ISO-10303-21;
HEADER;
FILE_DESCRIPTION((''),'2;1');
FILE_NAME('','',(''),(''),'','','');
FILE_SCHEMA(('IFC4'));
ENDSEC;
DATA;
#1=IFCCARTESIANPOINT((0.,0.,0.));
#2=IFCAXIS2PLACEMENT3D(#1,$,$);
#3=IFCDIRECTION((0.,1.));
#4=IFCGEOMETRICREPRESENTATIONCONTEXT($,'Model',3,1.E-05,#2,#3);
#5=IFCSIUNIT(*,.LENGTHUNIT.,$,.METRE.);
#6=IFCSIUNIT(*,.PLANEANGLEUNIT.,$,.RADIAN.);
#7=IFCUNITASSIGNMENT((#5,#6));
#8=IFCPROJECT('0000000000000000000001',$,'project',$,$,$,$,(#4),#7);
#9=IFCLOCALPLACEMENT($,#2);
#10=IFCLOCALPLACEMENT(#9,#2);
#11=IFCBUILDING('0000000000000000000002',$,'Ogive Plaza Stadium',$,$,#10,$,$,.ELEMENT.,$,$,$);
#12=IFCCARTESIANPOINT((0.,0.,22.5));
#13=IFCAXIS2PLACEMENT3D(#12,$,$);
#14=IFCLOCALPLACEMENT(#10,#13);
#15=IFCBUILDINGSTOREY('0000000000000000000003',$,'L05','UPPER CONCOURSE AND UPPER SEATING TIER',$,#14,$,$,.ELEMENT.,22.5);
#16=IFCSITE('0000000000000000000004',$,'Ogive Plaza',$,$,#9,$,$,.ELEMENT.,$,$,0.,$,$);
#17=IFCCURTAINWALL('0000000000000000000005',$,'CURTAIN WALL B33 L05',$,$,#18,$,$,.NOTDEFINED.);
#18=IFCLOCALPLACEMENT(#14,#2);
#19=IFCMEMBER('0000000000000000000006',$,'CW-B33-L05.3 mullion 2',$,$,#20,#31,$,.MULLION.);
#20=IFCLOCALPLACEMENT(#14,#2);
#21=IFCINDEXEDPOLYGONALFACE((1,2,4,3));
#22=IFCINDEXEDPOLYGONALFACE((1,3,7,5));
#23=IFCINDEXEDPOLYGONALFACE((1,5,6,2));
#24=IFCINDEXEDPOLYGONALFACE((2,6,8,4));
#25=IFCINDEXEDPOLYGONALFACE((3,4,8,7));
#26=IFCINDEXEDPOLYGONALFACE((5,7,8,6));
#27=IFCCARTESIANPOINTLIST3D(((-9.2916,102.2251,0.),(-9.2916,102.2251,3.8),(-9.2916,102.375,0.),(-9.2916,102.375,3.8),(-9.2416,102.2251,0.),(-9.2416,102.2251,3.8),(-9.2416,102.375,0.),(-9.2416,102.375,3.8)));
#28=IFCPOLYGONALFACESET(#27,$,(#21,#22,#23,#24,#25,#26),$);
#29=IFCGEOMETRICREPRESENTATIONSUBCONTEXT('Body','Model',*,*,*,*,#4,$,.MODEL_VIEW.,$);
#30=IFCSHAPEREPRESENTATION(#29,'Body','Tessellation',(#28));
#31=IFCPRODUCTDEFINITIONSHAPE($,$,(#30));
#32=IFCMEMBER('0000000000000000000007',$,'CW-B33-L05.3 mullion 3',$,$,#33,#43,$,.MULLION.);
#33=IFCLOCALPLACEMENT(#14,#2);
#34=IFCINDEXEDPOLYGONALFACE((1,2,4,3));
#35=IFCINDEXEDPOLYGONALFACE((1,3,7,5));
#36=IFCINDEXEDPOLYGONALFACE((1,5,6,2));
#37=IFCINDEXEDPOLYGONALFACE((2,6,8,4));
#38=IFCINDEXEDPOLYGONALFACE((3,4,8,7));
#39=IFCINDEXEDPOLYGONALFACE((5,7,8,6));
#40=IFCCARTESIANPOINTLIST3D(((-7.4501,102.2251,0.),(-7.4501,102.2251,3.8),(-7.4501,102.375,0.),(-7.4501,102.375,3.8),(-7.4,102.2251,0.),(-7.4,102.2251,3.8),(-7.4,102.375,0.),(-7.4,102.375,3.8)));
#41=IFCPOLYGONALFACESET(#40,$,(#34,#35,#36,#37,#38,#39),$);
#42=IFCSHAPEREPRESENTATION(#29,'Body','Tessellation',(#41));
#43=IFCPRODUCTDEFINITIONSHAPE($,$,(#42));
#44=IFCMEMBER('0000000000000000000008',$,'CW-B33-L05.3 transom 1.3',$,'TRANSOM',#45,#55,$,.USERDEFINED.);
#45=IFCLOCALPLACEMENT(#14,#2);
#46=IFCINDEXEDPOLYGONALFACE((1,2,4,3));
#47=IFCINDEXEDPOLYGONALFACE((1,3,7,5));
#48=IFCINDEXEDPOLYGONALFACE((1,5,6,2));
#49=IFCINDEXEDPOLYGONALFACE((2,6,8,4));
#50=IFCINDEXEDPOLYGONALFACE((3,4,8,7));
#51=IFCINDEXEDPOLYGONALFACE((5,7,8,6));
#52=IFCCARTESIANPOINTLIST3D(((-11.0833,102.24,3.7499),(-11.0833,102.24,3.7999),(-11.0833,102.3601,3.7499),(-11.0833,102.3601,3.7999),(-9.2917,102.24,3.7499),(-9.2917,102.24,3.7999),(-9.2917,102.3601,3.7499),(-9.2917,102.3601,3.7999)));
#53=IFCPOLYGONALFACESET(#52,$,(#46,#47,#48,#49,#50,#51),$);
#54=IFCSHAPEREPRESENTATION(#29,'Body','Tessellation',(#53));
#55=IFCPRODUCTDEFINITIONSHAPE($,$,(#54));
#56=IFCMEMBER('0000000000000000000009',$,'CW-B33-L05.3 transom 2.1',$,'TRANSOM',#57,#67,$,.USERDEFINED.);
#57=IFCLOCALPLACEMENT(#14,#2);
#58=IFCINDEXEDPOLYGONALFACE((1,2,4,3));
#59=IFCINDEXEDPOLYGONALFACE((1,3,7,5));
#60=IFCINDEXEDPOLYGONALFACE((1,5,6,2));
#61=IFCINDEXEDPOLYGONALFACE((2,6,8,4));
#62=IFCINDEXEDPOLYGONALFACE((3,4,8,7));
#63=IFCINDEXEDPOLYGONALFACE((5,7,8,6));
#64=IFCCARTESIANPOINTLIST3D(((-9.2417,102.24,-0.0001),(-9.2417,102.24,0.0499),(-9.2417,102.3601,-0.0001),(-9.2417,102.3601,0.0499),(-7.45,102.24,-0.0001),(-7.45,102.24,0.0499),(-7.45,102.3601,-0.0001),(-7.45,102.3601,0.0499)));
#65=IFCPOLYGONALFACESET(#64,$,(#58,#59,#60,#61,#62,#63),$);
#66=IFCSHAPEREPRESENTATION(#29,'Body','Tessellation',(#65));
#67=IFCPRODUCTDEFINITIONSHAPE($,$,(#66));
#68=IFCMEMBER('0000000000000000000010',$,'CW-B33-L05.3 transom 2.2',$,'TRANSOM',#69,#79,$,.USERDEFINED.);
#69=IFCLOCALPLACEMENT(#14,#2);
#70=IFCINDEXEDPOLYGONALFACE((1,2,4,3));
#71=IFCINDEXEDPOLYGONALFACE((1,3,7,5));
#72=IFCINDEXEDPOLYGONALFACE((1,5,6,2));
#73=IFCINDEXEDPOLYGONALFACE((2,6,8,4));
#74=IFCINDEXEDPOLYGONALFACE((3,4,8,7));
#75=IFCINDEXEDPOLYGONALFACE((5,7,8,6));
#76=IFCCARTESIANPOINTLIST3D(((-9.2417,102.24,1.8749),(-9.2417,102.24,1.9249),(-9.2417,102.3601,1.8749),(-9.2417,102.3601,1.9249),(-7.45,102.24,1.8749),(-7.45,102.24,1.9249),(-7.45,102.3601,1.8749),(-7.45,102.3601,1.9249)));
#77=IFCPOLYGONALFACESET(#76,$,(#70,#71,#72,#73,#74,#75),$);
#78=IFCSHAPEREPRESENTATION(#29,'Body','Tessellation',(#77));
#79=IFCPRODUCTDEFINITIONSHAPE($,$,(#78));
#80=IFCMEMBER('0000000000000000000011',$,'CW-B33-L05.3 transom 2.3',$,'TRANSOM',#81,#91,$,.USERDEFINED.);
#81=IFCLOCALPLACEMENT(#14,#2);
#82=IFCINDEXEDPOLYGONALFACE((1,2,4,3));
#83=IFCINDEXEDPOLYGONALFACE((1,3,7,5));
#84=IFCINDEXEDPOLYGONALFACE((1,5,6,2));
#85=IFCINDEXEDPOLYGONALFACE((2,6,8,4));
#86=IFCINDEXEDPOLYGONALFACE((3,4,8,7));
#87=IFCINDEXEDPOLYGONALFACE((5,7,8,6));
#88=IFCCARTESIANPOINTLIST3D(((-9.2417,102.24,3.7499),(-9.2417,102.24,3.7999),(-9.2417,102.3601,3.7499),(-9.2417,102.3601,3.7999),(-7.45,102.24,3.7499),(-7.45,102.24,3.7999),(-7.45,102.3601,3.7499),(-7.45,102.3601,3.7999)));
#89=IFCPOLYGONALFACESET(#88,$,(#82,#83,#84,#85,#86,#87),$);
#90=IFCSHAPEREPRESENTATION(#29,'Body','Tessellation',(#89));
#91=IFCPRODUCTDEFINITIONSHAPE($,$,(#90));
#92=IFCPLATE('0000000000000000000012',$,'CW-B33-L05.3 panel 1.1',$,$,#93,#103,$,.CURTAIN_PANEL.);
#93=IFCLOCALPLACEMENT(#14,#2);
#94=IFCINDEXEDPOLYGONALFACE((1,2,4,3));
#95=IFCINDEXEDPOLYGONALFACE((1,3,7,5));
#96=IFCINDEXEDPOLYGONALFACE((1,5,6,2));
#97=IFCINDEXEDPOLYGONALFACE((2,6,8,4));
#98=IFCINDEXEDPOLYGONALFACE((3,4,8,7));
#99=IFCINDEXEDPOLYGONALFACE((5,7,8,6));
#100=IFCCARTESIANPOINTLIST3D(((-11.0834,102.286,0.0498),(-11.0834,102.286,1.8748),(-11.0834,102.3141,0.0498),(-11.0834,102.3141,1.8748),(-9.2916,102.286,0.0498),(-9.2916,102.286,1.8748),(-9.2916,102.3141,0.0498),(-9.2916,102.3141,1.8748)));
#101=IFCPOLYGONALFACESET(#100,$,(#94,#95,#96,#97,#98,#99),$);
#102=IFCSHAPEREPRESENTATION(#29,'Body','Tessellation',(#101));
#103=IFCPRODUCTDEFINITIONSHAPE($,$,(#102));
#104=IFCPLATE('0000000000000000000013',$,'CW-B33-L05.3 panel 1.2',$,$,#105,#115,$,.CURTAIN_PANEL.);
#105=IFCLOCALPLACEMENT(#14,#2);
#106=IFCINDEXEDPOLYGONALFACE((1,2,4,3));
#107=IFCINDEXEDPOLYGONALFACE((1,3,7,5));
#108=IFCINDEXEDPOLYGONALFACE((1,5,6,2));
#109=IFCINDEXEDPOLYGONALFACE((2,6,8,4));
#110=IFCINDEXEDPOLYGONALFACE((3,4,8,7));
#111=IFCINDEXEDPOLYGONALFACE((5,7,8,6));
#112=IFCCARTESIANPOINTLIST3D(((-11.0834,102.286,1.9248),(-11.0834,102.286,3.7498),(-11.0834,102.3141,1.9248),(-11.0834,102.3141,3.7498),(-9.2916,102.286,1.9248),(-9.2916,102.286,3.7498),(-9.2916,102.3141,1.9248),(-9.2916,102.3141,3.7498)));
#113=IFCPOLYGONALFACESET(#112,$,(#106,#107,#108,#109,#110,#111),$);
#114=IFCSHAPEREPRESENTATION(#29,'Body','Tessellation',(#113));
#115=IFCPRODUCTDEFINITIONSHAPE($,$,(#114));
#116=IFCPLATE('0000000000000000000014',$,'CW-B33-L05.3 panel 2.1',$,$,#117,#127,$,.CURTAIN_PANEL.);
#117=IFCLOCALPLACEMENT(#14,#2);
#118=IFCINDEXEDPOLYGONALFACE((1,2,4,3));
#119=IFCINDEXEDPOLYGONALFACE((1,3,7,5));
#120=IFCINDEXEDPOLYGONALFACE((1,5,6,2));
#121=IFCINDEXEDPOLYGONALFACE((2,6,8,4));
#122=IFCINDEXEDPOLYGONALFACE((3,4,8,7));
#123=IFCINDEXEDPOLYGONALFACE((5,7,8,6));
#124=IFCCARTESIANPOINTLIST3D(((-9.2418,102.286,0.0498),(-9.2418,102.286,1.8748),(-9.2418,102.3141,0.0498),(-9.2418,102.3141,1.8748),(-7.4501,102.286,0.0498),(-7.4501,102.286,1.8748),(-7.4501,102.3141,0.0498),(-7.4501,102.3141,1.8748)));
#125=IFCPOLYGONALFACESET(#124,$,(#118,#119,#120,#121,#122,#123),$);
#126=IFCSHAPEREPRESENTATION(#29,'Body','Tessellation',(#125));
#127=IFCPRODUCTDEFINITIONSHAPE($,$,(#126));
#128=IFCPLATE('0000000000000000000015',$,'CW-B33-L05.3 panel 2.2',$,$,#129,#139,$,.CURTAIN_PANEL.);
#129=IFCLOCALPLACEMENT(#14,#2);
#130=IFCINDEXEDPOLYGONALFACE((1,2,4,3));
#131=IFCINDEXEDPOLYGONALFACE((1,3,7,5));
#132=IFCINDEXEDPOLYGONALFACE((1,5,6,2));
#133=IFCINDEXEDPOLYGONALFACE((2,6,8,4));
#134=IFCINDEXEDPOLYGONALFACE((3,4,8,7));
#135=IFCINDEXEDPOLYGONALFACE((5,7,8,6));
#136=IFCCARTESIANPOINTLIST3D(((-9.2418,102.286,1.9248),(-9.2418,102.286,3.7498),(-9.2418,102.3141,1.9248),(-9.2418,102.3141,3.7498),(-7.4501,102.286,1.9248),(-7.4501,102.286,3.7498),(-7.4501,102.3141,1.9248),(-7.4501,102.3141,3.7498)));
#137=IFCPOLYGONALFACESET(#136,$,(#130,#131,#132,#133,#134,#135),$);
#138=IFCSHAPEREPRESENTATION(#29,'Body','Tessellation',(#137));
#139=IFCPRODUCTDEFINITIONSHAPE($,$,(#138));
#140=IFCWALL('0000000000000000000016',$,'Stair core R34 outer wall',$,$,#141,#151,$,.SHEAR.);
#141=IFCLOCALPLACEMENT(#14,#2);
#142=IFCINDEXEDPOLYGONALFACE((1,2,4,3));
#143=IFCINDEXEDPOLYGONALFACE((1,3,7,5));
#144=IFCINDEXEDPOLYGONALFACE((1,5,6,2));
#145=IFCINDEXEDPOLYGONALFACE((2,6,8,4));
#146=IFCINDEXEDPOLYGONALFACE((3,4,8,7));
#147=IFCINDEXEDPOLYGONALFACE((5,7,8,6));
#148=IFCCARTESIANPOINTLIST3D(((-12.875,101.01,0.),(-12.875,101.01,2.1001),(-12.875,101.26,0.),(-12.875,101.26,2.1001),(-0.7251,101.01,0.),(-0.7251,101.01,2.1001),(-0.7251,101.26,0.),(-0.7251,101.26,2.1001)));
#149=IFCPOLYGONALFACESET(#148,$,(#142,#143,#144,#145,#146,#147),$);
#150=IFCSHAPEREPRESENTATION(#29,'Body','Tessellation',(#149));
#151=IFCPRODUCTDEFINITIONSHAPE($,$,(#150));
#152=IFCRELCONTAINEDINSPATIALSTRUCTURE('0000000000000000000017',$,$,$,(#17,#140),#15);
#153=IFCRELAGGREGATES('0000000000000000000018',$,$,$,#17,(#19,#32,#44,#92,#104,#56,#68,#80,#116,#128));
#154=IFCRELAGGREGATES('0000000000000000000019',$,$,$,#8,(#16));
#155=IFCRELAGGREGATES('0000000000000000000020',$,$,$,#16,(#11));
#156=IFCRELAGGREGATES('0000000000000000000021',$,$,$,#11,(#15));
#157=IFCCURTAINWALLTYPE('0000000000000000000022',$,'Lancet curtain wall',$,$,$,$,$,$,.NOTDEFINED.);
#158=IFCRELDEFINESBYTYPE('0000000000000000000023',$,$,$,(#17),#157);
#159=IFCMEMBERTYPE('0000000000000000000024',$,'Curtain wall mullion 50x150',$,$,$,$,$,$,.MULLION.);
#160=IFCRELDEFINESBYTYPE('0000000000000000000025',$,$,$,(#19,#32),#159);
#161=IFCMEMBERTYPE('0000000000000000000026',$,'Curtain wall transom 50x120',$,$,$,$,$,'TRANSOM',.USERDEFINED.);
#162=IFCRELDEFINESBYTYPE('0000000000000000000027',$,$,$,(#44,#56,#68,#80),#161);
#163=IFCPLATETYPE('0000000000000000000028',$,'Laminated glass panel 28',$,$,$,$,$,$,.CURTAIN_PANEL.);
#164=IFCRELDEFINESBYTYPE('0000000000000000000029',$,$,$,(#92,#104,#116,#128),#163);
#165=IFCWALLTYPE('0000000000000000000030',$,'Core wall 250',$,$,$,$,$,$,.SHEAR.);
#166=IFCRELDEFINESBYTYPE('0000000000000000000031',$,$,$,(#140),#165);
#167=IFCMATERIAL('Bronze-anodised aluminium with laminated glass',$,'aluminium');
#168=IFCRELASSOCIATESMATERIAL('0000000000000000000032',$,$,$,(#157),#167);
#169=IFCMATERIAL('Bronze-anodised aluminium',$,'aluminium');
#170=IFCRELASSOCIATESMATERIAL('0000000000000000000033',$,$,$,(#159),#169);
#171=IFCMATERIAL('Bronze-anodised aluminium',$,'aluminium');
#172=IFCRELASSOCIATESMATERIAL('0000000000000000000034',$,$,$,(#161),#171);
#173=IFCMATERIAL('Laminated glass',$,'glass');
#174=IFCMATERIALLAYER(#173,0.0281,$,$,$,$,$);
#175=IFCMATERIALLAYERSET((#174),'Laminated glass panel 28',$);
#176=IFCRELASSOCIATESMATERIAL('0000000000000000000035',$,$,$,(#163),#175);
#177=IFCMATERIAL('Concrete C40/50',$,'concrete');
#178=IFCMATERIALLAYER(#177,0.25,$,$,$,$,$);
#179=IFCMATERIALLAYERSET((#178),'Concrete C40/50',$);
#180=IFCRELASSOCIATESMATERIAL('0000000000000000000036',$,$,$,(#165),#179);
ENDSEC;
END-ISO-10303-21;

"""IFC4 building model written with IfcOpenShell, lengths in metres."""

from ifc_helpers import new_model, si_unit, direction, frame, frame_2d, origin, origin_2d, place, context, subcontext, project, spatial, rectangle, extrude, material, layer, layer_set, material_profile, profile_set, type_object, element, aggregate, save


model = new_model("IFC4")

# Units and contexts
model_context = context("Model", 3, precision=1e-05, world=origin(), true_north=direction((0.0, 1.0)))
body_context = subcontext(model_context, "Body", "Model", "MODEL_VIEW")
ifc_project = project(units=[si_unit("LENGTHUNIT", "METRE"), si_unit("PLANEANGLEUNIT", "RADIAN")], contexts=[model_context])

# Site, building, storey
site_placement = place(None, origin())
site = spatial("IfcSite", under=ifc_project, at=site_placement, Name="Ogive Plaza", CompositionType="ELEMENT", RefElevation=0.0)
building_placement = place(site_placement, origin())
building = spatial("IfcBuilding", under=site, at=building_placement, Name="Ogive Plaza Stadium", CompositionType="ELEMENT")
storey_placement = place(building_placement, frame((0.0, 0.0, 22.5)))
storey = spatial("IfcBuildingStorey", under=building, at=storey_placement, Name="L05", Description="UPPER CONCOURSE AND UPPER SEATING TIER", CompositionType="ELEMENT", Elevation=22.5)

# Curtain wall, members, plates
ifc_material_1 = material(Name="Bronze-anodised aluminium with laminated glass", Category="aluminium")
curtain_wall_type = type_object("IfcCurtainWallType", Name="Lancet curtain wall", PredefinedType="NOTDEFINED", material=ifc_material_1)
curtain_wall_placement = place(storey_placement, origin())
curtain_wall = element("IfcCurtainWall", 1, at=curtain_wall_placement, inside=storey, type_object=curtain_wall_type, Name="CURTAIN WALL B33 L05", PredefinedType="NOTDEFINED")
ifc_material_2 = material(Name="Bronze-anodised aluminium", Category="aluminium")
ifc_material_profile_1 = material_profile(ifc_material_2, rectangle(XDim=0.1499, YDim=0.05, at=origin_2d()), Name="AL 150x50")
ifc_profile_set_1 = profile_set([ifc_material_profile_1], Name="Bronze-anodised aluminium")
member_type_1 = type_object("IfcMemberType", Name="Curtain wall mullion 50x150", PredefinedType="MULLION", material=ifc_profile_set_1)
member_1_placement = place(storey_placement, frame((-9.2666, 102.3, 0.0), z_axis=(0.0, 0.0, 1.0), x_axis=(0.0, 1.0, 0.0)))
member_1 = element("IfcMember", 2, at=member_1_placement, type_object=member_type_1, Name="CW-B33-L05.3 mullion 2", PredefinedType="MULLION", context=body_context, shape_type="SweptSolid", body=[
    extrude(rectangle(XDim=0.1499, YDim=0.05, at=origin_2d()), origin(), (0.0, 0.0, 1.0), 3.8),
])
member_2_placement = place(storey_placement, frame((-7.425, 102.3, 0.0), z_axis=(0.0, 0.0, 1.0), x_axis=(0.0, 1.0, 0.0)))
member_2 = element("IfcMember", 3, at=member_2_placement, type_object=member_type_1, Name="CW-B33-L05.3 mullion 3", PredefinedType="MULLION", context=body_context, shape_type="SweptSolid", body=[
    extrude(rectangle(XDim=0.1499, YDim=0.05, at=origin_2d()), origin(), (0.0, 0.0, 1.0), 3.8),
])
ifc_material_3 = material(Name="Bronze-anodised aluminium", Category="aluminium")
ifc_material_profile_2 = material_profile(ifc_material_3, rectangle(XDim=0.1201, YDim=0.05, at=origin_2d()), Name="AL 120x50")
ifc_profile_set_2 = profile_set([ifc_material_profile_2], Name="Bronze-anodised aluminium")
member_type_2 = type_object("IfcMemberType", Name="Curtain wall transom 50x120", ElementType="TRANSOM", PredefinedType="USERDEFINED", material=ifc_profile_set_2)
member_3_placement = place(storey_placement, frame((-11.0833, 102.3, 3.7749), z_axis=(1.0, 0.0, 0.0), x_axis=(0.0, 1.0, 0.0)))
member_3 = element("IfcMember", 4, at=member_3_placement, type_object=member_type_2, Name="CW-B33-L05.3 transom 1.3", ObjectType="TRANSOM", PredefinedType="USERDEFINED", context=body_context, shape_type="SweptSolid", body=[
    extrude(rectangle(XDim=0.1201, YDim=0.05, at=origin_2d()), origin(), (0.0, 0.0, 1.0), 1.7915),
])
member_4_placement = place(storey_placement, frame((-9.2417, 102.3, 0.0249), z_axis=(1.0, 0.0, 0.0), x_axis=(0.0, 1.0, 0.0)))
member_4 = element("IfcMember", 5, at=member_4_placement, type_object=member_type_2, Name="CW-B33-L05.3 transom 2.1", ObjectType="TRANSOM", PredefinedType="USERDEFINED", context=body_context, shape_type="SweptSolid", body=[
    extrude(rectangle(XDim=0.1201, YDim=0.05, at=origin_2d()), origin(), (0.0, 0.0, 1.0), 1.7917),
])
member_5_placement = place(storey_placement, frame((-9.2417, 102.3, 1.8999), z_axis=(1.0, 0.0, 0.0), x_axis=(0.0, 1.0, 0.0)))
member_5 = element("IfcMember", 6, at=member_5_placement, type_object=member_type_2, Name="CW-B33-L05.3 transom 2.2", ObjectType="TRANSOM", PredefinedType="USERDEFINED", context=body_context, shape_type="SweptSolid", body=[
    extrude(rectangle(XDim=0.1201, YDim=0.05, at=origin_2d()), origin(), (0.0, 0.0, 1.0), 1.7917),
])
member_6_placement = place(storey_placement, frame((-9.2417, 102.3, 3.7749), z_axis=(1.0, 0.0, 0.0), x_axis=(0.0, 1.0, 0.0)))
member_6 = element("IfcMember", 7, at=member_6_placement, type_object=member_type_2, Name="CW-B33-L05.3 transom 2.3", ObjectType="TRANSOM", PredefinedType="USERDEFINED", context=body_context, shape_type="SweptSolid", body=[
    extrude(rectangle(XDim=0.1201, YDim=0.05, at=origin_2d()), origin(), (0.0, 0.0, 1.0), 1.7917),
])
ifc_material_4 = material(Name="Laminated glass", Category="glass")
ifc_layer_1 = layer(ifc_material_4, 0.0281)
ifc_layer_set_1 = layer_set([ifc_layer_1], Name="Laminated glass panel 28")
plate_type = type_object("IfcPlateType", Name="Laminated glass panel 28", PredefinedType="CURTAIN_PANEL", material=ifc_layer_set_1)
plate_1_placement = place(storey_placement, frame((-10.1875, 102.3, 0.0498), z_axis=(0.0, 0.0, 1.0), x_axis=(1.0, 0.0, 0.0)))
plate_1 = element("IfcPlate", 8, at=plate_1_placement, type_object=plate_type, Name="CW-B33-L05.3 panel 1.1", PredefinedType="CURTAIN_PANEL", context=body_context, shape_type="SweptSolid", body=[
    extrude(rectangle(XDim=1.7917, YDim=0.0281, at=origin_2d()), origin(), (0.0, 0.0, 1.0), 1.825),
])
plate_2_placement = place(storey_placement, frame((-10.1875, 102.3, 1.9248), z_axis=(0.0, 0.0, 1.0), x_axis=(1.0, 0.0, 0.0)))
plate_2 = element("IfcPlate", 9, at=plate_2_placement, type_object=plate_type, Name="CW-B33-L05.3 panel 1.2", PredefinedType="CURTAIN_PANEL", context=body_context, shape_type="SweptSolid", body=[
    extrude(rectangle(XDim=1.7917, YDim=0.0281, at=origin_2d()), origin(), (0.0, 0.0, 1.0), 1.825),
])
plate_3_placement = place(storey_placement, frame((-8.3459, 102.3, 0.0498), z_axis=(0.0, 0.0, 1.0), x_axis=(1.0, 0.0, 0.0)))
plate_3 = element("IfcPlate", 10, at=plate_3_placement, type_object=plate_type, Name="CW-B33-L05.3 panel 2.1", PredefinedType="CURTAIN_PANEL", context=body_context, shape_type="SweptSolid", body=[
    extrude(rectangle(XDim=1.7917, YDim=0.0281, at=origin_2d()), origin(), (0.0, 0.0, 1.0), 1.825),
])
plate_4_placement = place(storey_placement, frame((-8.3459, 102.3, 1.9248), z_axis=(0.0, 0.0, 1.0), x_axis=(1.0, 0.0, 0.0)))
plate_4 = element("IfcPlate", 11, at=plate_4_placement, type_object=plate_type, Name="CW-B33-L05.3 panel 2.2", PredefinedType="CURTAIN_PANEL", context=body_context, shape_type="SweptSolid", body=[
    extrude(rectangle(XDim=1.7917, YDim=0.0281, at=origin_2d()), origin(), (0.0, 0.0, 1.0), 1.825),
])
aggregate(curtain_wall, [member_1, member_2, member_3, plate_1, plate_2, member_4, member_5, member_6, plate_3, plate_4])

# Wall
ifc_material_5 = material(Name="Concrete C40/50", Category="concrete")
ifc_layer_2 = layer(ifc_material_5, 0.25)
ifc_layer_set_2 = layer_set([ifc_layer_2], Name="Concrete C40/50")
wall_type = type_object("IfcWallType", Name="Core wall 250", PredefinedType="SHEAR", material=ifc_layer_set_2)
wall_placement = place(storey_placement, frame((-0.7251, 101.135, 0.0), z_axis=(0.0, 0.0, 1.0), x_axis=(-1.0, 0.0, 0.0)))
element("IfcWall", 12, at=wall_placement, inside=storey, type_object=wall_type, Name="Stair core R34 outer wall", PredefinedType="SHEAR", context=body_context, shape_type="SweptSolid", body=[
    extrude(rectangle(XDim=12.1499, YDim=0.25, at=frame_2d((6.075, 0.0))), origin(), (0.0, 0.0, 1.0), 2.1001),
])

save(model, "model.ifc")
